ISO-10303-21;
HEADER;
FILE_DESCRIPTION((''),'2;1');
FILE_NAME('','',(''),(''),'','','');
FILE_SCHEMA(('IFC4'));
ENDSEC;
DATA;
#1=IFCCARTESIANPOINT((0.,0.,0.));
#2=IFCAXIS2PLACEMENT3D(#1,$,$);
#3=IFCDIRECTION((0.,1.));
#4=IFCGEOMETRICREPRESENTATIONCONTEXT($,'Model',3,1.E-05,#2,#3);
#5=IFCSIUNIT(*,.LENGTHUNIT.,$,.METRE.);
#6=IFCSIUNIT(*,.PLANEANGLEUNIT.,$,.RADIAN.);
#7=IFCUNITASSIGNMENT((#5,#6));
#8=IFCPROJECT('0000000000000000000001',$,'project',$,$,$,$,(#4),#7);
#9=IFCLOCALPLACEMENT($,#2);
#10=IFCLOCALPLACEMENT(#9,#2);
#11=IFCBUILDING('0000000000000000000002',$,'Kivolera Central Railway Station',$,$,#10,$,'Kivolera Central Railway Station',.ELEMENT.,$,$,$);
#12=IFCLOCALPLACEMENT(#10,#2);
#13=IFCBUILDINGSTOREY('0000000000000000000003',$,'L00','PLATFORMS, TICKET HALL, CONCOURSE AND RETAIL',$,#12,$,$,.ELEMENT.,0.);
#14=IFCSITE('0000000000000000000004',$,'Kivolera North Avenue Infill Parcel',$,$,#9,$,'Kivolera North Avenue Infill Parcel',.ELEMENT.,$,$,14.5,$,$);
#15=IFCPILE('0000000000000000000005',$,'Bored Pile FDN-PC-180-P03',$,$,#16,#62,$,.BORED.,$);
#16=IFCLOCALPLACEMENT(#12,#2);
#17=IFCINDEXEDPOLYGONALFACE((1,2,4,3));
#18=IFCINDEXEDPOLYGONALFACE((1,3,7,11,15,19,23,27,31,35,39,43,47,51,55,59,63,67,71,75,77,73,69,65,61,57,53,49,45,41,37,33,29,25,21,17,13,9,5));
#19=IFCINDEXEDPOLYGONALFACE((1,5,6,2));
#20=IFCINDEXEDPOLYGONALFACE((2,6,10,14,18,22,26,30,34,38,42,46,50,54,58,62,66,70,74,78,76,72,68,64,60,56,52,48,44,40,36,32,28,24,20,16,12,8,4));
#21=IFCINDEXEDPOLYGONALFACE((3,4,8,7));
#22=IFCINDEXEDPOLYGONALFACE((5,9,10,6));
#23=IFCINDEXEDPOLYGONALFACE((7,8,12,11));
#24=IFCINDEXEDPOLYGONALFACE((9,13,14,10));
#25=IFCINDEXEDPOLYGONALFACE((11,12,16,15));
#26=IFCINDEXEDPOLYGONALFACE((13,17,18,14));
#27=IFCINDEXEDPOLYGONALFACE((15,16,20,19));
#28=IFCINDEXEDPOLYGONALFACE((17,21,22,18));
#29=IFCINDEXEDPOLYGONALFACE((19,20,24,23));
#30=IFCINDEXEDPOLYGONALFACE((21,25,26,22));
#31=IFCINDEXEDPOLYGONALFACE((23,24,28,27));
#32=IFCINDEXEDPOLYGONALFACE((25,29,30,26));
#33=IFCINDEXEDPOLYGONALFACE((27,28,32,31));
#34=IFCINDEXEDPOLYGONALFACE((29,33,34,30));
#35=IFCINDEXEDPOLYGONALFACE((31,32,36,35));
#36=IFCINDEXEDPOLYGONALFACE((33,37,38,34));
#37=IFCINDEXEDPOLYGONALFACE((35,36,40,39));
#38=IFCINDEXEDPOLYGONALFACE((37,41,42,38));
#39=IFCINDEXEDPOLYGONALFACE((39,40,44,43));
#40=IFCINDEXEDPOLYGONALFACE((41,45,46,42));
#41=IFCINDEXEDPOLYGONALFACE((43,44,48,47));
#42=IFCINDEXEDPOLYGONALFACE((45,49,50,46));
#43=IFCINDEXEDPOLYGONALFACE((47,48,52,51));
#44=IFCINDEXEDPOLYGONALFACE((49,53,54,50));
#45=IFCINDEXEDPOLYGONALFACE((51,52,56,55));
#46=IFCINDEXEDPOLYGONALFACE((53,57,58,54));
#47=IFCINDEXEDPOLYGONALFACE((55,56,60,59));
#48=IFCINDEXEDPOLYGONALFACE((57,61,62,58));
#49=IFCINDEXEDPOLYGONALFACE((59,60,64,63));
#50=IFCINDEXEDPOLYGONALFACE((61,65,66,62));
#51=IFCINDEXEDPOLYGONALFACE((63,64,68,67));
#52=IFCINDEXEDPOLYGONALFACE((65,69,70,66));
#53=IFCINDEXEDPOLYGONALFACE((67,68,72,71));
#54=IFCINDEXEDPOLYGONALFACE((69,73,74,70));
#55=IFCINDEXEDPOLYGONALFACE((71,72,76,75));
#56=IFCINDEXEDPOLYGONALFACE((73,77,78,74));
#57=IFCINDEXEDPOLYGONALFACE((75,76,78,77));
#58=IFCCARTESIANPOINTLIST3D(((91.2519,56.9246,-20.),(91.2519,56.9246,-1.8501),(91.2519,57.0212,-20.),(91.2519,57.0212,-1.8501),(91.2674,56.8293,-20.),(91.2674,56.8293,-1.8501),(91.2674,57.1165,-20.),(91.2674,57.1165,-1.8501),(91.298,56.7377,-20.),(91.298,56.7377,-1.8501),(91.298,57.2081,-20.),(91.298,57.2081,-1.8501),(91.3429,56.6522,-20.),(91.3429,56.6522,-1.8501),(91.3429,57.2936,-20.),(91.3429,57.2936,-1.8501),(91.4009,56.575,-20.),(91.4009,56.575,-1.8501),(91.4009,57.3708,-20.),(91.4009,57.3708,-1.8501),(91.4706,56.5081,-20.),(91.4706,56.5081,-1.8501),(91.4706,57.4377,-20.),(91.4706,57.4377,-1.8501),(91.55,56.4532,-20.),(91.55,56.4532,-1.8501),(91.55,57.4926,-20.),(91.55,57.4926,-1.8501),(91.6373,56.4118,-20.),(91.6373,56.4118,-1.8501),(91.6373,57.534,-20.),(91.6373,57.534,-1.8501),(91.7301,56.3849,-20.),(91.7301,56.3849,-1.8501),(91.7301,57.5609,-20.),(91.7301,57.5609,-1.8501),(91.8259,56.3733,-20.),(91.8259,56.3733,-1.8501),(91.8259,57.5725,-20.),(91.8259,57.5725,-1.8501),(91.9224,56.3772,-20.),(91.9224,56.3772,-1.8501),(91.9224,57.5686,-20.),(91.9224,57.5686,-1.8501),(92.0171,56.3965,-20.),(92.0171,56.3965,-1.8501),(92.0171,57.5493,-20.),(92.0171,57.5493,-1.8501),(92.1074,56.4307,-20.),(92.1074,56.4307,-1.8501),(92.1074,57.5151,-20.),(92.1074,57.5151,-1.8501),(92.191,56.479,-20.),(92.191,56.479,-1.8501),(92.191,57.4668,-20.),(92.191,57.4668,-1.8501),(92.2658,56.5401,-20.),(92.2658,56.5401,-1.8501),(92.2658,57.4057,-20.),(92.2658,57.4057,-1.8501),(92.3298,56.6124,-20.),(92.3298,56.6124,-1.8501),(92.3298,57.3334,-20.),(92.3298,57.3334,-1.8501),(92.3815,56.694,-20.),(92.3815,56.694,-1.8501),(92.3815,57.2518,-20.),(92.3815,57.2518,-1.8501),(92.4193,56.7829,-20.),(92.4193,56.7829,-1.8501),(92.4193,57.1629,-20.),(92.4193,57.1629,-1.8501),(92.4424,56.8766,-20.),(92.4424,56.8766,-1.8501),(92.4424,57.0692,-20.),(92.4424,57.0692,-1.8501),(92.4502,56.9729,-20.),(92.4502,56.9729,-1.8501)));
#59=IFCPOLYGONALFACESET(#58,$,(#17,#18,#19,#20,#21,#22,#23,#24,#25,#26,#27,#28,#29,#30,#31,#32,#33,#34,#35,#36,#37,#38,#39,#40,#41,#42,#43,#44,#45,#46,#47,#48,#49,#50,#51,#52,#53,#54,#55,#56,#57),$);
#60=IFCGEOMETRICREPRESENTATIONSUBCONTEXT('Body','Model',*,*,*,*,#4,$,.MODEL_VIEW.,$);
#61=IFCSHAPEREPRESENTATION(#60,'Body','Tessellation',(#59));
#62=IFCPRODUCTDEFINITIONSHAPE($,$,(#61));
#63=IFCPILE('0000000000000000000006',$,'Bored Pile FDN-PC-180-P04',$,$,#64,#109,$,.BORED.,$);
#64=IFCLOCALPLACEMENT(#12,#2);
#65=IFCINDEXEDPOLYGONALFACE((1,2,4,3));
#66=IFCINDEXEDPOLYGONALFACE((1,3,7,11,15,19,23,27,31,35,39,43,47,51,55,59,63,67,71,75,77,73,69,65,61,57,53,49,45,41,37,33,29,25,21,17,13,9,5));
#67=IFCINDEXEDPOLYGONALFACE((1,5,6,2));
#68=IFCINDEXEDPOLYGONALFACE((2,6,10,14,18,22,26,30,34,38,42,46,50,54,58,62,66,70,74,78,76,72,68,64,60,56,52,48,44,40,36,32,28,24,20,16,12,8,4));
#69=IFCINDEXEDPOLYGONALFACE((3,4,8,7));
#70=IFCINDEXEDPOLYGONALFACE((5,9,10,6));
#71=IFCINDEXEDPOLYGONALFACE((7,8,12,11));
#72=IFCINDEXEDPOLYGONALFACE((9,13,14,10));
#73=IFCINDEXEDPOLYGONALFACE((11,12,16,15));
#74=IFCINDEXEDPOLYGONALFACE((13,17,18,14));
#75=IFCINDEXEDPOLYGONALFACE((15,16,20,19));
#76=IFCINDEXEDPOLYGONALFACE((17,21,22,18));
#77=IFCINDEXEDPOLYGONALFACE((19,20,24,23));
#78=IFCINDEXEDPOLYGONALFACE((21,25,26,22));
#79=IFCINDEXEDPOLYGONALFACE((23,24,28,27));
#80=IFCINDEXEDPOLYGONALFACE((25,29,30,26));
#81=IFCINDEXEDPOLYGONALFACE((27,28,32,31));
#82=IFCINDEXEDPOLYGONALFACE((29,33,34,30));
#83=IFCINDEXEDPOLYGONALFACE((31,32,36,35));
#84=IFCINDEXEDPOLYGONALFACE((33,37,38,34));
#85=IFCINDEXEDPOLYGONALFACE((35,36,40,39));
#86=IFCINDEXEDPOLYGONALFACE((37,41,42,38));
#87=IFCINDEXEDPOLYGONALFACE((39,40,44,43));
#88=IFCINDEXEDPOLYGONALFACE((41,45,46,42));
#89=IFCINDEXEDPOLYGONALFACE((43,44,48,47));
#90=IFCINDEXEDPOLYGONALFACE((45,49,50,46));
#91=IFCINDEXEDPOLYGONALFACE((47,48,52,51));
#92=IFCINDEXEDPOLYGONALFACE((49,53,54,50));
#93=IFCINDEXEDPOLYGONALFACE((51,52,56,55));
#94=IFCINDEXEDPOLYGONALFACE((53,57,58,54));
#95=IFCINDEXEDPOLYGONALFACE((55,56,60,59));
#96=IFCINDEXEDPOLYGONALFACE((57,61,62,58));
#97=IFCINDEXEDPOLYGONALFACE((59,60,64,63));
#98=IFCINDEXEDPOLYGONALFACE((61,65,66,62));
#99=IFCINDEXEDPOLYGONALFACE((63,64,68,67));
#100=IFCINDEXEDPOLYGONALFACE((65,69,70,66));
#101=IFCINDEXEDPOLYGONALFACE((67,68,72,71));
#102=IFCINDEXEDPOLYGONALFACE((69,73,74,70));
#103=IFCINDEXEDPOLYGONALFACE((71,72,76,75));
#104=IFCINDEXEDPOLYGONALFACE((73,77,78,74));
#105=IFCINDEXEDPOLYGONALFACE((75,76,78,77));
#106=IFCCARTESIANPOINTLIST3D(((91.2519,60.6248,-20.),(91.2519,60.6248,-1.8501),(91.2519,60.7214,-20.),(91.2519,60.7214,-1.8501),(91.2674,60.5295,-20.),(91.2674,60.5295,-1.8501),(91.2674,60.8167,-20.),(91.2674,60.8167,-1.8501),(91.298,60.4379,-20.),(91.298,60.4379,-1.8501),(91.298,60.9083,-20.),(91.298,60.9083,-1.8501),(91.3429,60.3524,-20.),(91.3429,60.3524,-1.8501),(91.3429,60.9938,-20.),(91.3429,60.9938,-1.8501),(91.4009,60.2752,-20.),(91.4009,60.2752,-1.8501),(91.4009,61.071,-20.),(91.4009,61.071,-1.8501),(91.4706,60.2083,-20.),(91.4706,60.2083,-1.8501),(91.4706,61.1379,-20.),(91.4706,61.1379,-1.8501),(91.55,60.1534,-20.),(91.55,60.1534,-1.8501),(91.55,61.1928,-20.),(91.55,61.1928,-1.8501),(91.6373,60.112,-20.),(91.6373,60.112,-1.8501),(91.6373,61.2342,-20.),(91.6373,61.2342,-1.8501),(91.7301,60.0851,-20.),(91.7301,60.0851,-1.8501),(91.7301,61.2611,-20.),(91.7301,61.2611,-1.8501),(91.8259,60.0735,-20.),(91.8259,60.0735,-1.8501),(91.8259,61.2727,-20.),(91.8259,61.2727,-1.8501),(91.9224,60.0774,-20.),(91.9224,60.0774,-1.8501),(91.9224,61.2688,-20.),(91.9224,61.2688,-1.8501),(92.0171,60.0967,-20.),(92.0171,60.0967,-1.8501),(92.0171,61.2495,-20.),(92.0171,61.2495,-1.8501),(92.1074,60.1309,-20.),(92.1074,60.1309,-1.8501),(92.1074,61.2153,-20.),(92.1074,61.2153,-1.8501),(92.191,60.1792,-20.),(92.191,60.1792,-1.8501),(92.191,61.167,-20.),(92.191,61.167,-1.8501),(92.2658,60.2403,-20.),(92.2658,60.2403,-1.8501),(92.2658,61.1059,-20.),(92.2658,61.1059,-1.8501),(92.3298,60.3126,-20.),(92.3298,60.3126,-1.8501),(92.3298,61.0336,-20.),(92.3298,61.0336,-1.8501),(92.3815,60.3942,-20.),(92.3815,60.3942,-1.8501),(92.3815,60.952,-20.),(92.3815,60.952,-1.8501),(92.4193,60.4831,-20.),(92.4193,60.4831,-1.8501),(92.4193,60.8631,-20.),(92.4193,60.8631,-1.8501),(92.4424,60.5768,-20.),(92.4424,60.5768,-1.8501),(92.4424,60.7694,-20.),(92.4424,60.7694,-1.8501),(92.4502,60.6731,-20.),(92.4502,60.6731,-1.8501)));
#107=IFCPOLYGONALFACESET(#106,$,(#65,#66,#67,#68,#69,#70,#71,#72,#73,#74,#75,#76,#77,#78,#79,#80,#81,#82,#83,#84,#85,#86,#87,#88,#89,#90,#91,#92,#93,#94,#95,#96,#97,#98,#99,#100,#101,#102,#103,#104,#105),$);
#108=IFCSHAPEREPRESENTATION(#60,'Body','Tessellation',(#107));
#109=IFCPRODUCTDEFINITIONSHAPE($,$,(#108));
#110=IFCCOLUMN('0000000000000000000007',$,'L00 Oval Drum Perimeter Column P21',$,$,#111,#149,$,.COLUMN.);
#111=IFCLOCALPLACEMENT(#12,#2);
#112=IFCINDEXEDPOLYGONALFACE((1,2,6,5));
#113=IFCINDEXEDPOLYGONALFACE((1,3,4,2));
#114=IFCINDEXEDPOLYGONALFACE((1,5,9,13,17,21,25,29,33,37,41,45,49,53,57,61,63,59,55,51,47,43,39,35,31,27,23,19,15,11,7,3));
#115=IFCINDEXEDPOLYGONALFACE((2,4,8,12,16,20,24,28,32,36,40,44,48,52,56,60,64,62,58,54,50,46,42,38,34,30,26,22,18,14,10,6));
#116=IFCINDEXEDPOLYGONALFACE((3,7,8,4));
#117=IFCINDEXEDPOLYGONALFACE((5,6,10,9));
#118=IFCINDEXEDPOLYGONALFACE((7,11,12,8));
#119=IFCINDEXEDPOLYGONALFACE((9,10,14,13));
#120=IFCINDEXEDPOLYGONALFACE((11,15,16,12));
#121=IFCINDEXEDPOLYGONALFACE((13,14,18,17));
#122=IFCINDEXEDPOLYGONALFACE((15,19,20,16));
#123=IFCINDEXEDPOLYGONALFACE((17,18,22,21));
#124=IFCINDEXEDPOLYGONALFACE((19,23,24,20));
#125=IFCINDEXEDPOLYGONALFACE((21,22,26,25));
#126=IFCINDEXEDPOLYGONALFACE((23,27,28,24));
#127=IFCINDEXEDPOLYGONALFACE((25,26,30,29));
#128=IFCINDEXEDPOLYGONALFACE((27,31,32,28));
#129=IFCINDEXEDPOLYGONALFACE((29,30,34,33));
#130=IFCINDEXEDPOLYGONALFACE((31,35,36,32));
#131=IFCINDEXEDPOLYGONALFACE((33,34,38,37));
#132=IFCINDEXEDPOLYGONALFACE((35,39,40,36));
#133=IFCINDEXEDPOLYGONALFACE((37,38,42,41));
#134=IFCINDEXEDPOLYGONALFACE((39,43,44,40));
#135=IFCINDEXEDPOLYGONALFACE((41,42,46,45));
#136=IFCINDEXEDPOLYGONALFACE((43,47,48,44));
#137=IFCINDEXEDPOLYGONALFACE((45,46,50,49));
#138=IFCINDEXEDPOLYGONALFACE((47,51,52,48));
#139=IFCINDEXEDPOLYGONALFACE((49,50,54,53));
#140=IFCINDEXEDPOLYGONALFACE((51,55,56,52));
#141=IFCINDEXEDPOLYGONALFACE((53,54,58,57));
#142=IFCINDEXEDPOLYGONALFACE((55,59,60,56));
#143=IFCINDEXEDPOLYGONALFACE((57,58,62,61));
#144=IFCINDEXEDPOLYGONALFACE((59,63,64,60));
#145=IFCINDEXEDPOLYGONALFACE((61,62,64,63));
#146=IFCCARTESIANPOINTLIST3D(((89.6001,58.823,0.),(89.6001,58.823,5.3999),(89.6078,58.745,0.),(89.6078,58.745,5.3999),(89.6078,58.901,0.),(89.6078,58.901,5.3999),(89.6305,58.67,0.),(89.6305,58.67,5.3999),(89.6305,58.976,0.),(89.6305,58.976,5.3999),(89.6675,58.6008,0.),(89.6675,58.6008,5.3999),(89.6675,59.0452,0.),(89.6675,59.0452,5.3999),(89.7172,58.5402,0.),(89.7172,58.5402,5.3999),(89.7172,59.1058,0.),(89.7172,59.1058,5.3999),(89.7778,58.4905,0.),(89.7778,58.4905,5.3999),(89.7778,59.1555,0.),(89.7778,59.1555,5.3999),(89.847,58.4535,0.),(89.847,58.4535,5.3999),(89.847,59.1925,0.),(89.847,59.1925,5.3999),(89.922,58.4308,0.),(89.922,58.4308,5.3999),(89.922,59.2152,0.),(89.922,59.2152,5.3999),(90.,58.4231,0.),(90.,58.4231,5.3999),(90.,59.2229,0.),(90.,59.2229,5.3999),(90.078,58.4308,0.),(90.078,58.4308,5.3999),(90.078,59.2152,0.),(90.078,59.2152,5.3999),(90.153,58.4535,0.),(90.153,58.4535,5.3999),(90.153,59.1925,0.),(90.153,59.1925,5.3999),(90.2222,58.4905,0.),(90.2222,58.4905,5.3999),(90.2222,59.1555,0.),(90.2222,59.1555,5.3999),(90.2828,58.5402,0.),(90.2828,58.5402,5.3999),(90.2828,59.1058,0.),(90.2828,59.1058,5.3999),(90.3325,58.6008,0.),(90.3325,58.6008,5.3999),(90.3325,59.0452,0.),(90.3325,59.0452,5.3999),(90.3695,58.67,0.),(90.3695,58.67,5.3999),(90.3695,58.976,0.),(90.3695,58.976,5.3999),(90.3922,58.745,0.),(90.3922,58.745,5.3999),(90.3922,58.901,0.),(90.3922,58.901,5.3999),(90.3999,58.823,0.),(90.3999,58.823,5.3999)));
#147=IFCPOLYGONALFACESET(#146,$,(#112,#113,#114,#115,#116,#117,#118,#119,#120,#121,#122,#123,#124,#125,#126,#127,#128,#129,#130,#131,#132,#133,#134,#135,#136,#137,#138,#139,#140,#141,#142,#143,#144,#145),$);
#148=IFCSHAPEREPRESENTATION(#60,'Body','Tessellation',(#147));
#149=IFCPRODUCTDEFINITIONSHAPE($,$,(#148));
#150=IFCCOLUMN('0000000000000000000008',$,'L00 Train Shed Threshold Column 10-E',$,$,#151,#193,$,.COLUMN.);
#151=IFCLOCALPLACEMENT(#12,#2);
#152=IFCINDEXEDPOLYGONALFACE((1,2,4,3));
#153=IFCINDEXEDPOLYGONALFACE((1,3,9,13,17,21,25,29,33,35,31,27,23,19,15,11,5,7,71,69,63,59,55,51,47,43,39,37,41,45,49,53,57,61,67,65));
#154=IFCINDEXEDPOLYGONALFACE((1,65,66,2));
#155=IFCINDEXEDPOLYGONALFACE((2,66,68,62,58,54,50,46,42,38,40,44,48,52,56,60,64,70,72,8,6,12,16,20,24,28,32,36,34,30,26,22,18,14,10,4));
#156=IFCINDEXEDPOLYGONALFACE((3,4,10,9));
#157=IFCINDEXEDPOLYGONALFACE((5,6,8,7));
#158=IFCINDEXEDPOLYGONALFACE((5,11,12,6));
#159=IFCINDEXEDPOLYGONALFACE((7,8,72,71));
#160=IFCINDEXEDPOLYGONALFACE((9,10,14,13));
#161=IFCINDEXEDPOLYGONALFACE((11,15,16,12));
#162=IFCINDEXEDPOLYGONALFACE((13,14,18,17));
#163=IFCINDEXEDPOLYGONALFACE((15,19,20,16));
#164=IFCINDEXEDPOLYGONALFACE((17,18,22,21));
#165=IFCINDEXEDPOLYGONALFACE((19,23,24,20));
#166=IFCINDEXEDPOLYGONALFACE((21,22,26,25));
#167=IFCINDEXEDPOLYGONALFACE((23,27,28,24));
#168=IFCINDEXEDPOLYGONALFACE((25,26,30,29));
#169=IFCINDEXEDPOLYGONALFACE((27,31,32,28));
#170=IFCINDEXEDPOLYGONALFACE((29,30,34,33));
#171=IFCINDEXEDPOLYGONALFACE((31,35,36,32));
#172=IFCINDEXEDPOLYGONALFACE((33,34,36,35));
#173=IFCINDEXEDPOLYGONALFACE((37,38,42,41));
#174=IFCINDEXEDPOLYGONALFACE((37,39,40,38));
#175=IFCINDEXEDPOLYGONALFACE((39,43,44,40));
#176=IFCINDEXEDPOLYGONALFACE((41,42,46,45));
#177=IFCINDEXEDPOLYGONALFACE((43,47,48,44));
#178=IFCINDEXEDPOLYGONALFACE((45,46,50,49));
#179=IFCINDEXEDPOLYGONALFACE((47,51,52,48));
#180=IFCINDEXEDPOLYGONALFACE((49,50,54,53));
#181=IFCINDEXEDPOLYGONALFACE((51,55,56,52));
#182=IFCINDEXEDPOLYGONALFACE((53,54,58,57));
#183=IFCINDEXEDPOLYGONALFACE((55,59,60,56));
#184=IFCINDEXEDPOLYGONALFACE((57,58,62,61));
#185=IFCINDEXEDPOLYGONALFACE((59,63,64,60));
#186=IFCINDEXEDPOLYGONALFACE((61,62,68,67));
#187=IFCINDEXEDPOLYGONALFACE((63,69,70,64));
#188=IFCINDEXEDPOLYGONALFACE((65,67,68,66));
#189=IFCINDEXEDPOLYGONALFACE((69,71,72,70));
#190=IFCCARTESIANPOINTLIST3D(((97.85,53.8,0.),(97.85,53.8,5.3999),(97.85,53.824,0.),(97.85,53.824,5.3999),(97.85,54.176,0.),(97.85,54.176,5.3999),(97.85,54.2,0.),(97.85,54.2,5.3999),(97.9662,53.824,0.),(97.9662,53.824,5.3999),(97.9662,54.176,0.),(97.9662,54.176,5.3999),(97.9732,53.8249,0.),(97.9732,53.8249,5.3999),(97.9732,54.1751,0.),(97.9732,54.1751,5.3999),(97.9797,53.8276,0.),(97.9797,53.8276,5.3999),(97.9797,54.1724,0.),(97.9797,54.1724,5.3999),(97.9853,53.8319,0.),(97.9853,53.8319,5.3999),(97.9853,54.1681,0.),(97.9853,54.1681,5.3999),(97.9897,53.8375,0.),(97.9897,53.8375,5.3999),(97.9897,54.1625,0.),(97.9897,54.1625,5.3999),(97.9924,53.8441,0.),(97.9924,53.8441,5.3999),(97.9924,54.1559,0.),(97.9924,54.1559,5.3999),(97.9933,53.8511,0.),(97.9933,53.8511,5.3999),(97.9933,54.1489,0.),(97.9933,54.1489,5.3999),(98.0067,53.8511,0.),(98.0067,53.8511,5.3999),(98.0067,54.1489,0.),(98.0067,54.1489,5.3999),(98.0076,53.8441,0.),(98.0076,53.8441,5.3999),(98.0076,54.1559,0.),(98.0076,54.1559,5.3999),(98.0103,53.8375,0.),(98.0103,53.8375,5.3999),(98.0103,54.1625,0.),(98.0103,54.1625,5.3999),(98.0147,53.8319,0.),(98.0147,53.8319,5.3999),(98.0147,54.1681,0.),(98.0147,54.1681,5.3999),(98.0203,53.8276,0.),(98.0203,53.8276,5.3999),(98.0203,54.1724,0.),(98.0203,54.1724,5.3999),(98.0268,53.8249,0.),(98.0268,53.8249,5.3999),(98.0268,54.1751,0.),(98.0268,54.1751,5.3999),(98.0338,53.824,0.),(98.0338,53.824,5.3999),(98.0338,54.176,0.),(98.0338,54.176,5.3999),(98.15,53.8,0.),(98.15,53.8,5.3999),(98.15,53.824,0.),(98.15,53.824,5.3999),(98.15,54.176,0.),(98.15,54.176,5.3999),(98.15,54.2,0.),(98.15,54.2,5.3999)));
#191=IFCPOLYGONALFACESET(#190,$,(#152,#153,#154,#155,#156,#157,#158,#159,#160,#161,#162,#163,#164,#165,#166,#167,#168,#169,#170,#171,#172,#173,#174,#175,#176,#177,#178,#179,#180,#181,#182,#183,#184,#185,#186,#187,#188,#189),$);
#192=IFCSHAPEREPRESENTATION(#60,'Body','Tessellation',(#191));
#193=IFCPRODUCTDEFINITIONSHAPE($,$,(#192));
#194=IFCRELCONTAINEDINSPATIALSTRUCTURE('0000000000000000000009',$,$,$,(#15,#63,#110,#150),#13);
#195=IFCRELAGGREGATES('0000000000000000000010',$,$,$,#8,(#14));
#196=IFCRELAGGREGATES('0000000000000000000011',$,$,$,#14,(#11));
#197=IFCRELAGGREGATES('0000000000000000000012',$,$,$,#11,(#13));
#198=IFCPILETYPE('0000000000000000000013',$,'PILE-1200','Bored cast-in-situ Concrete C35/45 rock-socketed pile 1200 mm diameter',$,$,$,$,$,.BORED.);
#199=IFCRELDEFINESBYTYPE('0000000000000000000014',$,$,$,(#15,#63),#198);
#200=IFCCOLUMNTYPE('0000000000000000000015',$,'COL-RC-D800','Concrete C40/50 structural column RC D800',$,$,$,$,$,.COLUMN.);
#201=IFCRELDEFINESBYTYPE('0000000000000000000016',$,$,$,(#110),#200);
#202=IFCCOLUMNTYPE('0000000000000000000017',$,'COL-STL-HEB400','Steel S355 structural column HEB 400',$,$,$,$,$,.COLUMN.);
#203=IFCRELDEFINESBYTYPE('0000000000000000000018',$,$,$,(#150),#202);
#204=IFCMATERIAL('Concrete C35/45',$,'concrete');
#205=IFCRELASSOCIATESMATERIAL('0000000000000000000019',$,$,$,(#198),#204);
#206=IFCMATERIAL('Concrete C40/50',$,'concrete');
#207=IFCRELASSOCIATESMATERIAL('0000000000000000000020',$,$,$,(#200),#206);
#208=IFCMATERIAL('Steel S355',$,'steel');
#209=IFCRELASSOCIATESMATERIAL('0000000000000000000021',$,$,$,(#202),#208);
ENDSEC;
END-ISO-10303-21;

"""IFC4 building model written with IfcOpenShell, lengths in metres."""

from ifc_helpers import new_model, si_unit, direction, frame, origin, origin_2d, place, context, subcontext, project, spatial, circle, i_section, extrude, material, material_profile, profile_set, type_object, element, save


model = new_model("IFC4")

# Units and contexts
model_context = context("Model", 3, precision=1e-05, world=origin(), true_north=direction((0.0, 1.0)))
body_context = subcontext(model_context, "Body", "Model", "MODEL_VIEW")
ifc_project = project(units=[si_unit("LENGTHUNIT", "METRE"), si_unit("PLANEANGLEUNIT", "RADIAN")], contexts=[model_context])

# Site, building, storey
site_placement = place(None, origin())
site = spatial("IfcSite", under=ifc_project, at=site_placement, Name="Kivolera North Avenue Infill Parcel", LongName="Kivolera North Avenue Infill Parcel", CompositionType="ELEMENT", RefElevation=14.5)
building_placement = place(site_placement, origin())
building = spatial("IfcBuilding", under=site, at=building_placement, Name="Kivolera Central Railway Station", LongName="Kivolera Central Railway Station", CompositionType="ELEMENT")
storey_placement = place(building_placement, origin())
storey = spatial("IfcBuildingStorey", under=building, at=storey_placement, Name="L00", Description="PLATFORMS, TICKET HALL, CONCOURSE AND RETAIL", CompositionType="ELEMENT", Elevation=0.0)

# Shared definitions
ifc_material_1 = material(Name="Concrete C35/45", Category="concrete")

# Piles
ifc_material_profile_1 = material_profile(ifc_material_1, circle(Radius=0.6001, at=origin_2d()), Name="PILE D1200")
ifc_profile_set_1 = profile_set([ifc_material_profile_1], Name="Concrete C35/45")
pile_type_1 = type_object("IfcPileType", Name="PILE-1200", Description="Bored cast-in-situ Concrete C35/45 rock-socketed pile 1200 mm diameter", PredefinedType="BORED", material=ifc_profile_set_1)
for number, where, z_axis, x_axis, name in (
    (1, (91.8501, 56.9729, -1.8501), (0.0, 0.0, -1.0), (1.0, 0.0, 0.0), "Bored Pile FDN-PC-180-P03"),
    (2, (91.8501, 60.6731, -1.8501), (0.0, 0.0, -1.0), (1.0, 0.0, 0.0), "Bored Pile FDN-PC-180-P04"),
):
    element("IfcPile", number, at=place(storey_placement, frame(where, z_axis=z_axis, x_axis=x_axis)), inside=storey, type_object=pile_type_1, Name=name, PredefinedType="BORED", context=body_context, shape_type="SweptSolid", body=[
        extrude(circle(Radius=0.6001, at=origin_2d()), origin(), (0.0, 0.0, 1.0), 18.1499),
    ])

# Columns
ifc_material_2 = material(Name="Concrete C40/50", Category="concrete")
ifc_material_profile_2 = material_profile(ifc_material_2, circle(Radius=0.3999, at=origin_2d()), Name="RC D800")
ifc_profile_set_2 = profile_set([ifc_material_profile_2], Name="Concrete C40/50")
column_type_1 = type_object("IfcColumnType", Name="COL-RC-D800", Description="Concrete C40/50 structural column RC D800", PredefinedType="COLUMN", material=ifc_profile_set_2)
column_1_placement = place(storey_placement, frame((90.0, 58.823, 0.0), z_axis=(0.0, 0.0, 1.0), x_axis=(1.0, 0.0, 0.0)))
element("IfcColumn", 3, at=column_1_placement, inside=storey, type_object=column_type_1, Name="L00 Oval Drum Perimeter Column P21", PredefinedType="COLUMN", context=body_context, shape_type="SweptSolid", body=[
    extrude(circle(Radius=0.3999, at=origin_2d()), origin(), (0.0, 0.0, 1.0), 5.3999),
])
ifc_material_3 = material(Name="Steel S355", Category="steel")
ifc_material_profile_3 = material_profile(ifc_material_3, i_section(OverallWidth=0.3, OverallDepth=0.3999, WebThickness=0.0134, FlangeThickness=0.0239, FilletRadius=0.0271, at=origin_2d()), Name="HEB 400")
ifc_profile_set_3 = profile_set([ifc_material_profile_3], Name="Steel S355")
column_type_2 = type_object("IfcColumnType", Name="COL-STL-HEB400", Description="Steel S355 structural column HEB 400", PredefinedType="COLUMN", material=ifc_profile_set_3)
column_2_placement = place(storey_placement, frame((98.0, 54.0, 0.0), z_axis=(0.0, 0.0, 1.0), x_axis=(1.0, 0.0, 0.0)))
element("IfcColumn", 4, at=column_2_placement, inside=storey, type_object=column_type_2, Name="L00 Train Shed Threshold Column 10-E", PredefinedType="COLUMN", context=body_context, shape_type="SweptSolid", body=[
    extrude(i_section(OverallWidth=0.3, OverallDepth=0.3999, WebThickness=0.0134, FlangeThickness=0.0239, FilletRadius=0.0271, at=origin_2d()), origin(), (0.0, 0.0, 1.0), 5.3999),
])

save(model, "model.ifc")
